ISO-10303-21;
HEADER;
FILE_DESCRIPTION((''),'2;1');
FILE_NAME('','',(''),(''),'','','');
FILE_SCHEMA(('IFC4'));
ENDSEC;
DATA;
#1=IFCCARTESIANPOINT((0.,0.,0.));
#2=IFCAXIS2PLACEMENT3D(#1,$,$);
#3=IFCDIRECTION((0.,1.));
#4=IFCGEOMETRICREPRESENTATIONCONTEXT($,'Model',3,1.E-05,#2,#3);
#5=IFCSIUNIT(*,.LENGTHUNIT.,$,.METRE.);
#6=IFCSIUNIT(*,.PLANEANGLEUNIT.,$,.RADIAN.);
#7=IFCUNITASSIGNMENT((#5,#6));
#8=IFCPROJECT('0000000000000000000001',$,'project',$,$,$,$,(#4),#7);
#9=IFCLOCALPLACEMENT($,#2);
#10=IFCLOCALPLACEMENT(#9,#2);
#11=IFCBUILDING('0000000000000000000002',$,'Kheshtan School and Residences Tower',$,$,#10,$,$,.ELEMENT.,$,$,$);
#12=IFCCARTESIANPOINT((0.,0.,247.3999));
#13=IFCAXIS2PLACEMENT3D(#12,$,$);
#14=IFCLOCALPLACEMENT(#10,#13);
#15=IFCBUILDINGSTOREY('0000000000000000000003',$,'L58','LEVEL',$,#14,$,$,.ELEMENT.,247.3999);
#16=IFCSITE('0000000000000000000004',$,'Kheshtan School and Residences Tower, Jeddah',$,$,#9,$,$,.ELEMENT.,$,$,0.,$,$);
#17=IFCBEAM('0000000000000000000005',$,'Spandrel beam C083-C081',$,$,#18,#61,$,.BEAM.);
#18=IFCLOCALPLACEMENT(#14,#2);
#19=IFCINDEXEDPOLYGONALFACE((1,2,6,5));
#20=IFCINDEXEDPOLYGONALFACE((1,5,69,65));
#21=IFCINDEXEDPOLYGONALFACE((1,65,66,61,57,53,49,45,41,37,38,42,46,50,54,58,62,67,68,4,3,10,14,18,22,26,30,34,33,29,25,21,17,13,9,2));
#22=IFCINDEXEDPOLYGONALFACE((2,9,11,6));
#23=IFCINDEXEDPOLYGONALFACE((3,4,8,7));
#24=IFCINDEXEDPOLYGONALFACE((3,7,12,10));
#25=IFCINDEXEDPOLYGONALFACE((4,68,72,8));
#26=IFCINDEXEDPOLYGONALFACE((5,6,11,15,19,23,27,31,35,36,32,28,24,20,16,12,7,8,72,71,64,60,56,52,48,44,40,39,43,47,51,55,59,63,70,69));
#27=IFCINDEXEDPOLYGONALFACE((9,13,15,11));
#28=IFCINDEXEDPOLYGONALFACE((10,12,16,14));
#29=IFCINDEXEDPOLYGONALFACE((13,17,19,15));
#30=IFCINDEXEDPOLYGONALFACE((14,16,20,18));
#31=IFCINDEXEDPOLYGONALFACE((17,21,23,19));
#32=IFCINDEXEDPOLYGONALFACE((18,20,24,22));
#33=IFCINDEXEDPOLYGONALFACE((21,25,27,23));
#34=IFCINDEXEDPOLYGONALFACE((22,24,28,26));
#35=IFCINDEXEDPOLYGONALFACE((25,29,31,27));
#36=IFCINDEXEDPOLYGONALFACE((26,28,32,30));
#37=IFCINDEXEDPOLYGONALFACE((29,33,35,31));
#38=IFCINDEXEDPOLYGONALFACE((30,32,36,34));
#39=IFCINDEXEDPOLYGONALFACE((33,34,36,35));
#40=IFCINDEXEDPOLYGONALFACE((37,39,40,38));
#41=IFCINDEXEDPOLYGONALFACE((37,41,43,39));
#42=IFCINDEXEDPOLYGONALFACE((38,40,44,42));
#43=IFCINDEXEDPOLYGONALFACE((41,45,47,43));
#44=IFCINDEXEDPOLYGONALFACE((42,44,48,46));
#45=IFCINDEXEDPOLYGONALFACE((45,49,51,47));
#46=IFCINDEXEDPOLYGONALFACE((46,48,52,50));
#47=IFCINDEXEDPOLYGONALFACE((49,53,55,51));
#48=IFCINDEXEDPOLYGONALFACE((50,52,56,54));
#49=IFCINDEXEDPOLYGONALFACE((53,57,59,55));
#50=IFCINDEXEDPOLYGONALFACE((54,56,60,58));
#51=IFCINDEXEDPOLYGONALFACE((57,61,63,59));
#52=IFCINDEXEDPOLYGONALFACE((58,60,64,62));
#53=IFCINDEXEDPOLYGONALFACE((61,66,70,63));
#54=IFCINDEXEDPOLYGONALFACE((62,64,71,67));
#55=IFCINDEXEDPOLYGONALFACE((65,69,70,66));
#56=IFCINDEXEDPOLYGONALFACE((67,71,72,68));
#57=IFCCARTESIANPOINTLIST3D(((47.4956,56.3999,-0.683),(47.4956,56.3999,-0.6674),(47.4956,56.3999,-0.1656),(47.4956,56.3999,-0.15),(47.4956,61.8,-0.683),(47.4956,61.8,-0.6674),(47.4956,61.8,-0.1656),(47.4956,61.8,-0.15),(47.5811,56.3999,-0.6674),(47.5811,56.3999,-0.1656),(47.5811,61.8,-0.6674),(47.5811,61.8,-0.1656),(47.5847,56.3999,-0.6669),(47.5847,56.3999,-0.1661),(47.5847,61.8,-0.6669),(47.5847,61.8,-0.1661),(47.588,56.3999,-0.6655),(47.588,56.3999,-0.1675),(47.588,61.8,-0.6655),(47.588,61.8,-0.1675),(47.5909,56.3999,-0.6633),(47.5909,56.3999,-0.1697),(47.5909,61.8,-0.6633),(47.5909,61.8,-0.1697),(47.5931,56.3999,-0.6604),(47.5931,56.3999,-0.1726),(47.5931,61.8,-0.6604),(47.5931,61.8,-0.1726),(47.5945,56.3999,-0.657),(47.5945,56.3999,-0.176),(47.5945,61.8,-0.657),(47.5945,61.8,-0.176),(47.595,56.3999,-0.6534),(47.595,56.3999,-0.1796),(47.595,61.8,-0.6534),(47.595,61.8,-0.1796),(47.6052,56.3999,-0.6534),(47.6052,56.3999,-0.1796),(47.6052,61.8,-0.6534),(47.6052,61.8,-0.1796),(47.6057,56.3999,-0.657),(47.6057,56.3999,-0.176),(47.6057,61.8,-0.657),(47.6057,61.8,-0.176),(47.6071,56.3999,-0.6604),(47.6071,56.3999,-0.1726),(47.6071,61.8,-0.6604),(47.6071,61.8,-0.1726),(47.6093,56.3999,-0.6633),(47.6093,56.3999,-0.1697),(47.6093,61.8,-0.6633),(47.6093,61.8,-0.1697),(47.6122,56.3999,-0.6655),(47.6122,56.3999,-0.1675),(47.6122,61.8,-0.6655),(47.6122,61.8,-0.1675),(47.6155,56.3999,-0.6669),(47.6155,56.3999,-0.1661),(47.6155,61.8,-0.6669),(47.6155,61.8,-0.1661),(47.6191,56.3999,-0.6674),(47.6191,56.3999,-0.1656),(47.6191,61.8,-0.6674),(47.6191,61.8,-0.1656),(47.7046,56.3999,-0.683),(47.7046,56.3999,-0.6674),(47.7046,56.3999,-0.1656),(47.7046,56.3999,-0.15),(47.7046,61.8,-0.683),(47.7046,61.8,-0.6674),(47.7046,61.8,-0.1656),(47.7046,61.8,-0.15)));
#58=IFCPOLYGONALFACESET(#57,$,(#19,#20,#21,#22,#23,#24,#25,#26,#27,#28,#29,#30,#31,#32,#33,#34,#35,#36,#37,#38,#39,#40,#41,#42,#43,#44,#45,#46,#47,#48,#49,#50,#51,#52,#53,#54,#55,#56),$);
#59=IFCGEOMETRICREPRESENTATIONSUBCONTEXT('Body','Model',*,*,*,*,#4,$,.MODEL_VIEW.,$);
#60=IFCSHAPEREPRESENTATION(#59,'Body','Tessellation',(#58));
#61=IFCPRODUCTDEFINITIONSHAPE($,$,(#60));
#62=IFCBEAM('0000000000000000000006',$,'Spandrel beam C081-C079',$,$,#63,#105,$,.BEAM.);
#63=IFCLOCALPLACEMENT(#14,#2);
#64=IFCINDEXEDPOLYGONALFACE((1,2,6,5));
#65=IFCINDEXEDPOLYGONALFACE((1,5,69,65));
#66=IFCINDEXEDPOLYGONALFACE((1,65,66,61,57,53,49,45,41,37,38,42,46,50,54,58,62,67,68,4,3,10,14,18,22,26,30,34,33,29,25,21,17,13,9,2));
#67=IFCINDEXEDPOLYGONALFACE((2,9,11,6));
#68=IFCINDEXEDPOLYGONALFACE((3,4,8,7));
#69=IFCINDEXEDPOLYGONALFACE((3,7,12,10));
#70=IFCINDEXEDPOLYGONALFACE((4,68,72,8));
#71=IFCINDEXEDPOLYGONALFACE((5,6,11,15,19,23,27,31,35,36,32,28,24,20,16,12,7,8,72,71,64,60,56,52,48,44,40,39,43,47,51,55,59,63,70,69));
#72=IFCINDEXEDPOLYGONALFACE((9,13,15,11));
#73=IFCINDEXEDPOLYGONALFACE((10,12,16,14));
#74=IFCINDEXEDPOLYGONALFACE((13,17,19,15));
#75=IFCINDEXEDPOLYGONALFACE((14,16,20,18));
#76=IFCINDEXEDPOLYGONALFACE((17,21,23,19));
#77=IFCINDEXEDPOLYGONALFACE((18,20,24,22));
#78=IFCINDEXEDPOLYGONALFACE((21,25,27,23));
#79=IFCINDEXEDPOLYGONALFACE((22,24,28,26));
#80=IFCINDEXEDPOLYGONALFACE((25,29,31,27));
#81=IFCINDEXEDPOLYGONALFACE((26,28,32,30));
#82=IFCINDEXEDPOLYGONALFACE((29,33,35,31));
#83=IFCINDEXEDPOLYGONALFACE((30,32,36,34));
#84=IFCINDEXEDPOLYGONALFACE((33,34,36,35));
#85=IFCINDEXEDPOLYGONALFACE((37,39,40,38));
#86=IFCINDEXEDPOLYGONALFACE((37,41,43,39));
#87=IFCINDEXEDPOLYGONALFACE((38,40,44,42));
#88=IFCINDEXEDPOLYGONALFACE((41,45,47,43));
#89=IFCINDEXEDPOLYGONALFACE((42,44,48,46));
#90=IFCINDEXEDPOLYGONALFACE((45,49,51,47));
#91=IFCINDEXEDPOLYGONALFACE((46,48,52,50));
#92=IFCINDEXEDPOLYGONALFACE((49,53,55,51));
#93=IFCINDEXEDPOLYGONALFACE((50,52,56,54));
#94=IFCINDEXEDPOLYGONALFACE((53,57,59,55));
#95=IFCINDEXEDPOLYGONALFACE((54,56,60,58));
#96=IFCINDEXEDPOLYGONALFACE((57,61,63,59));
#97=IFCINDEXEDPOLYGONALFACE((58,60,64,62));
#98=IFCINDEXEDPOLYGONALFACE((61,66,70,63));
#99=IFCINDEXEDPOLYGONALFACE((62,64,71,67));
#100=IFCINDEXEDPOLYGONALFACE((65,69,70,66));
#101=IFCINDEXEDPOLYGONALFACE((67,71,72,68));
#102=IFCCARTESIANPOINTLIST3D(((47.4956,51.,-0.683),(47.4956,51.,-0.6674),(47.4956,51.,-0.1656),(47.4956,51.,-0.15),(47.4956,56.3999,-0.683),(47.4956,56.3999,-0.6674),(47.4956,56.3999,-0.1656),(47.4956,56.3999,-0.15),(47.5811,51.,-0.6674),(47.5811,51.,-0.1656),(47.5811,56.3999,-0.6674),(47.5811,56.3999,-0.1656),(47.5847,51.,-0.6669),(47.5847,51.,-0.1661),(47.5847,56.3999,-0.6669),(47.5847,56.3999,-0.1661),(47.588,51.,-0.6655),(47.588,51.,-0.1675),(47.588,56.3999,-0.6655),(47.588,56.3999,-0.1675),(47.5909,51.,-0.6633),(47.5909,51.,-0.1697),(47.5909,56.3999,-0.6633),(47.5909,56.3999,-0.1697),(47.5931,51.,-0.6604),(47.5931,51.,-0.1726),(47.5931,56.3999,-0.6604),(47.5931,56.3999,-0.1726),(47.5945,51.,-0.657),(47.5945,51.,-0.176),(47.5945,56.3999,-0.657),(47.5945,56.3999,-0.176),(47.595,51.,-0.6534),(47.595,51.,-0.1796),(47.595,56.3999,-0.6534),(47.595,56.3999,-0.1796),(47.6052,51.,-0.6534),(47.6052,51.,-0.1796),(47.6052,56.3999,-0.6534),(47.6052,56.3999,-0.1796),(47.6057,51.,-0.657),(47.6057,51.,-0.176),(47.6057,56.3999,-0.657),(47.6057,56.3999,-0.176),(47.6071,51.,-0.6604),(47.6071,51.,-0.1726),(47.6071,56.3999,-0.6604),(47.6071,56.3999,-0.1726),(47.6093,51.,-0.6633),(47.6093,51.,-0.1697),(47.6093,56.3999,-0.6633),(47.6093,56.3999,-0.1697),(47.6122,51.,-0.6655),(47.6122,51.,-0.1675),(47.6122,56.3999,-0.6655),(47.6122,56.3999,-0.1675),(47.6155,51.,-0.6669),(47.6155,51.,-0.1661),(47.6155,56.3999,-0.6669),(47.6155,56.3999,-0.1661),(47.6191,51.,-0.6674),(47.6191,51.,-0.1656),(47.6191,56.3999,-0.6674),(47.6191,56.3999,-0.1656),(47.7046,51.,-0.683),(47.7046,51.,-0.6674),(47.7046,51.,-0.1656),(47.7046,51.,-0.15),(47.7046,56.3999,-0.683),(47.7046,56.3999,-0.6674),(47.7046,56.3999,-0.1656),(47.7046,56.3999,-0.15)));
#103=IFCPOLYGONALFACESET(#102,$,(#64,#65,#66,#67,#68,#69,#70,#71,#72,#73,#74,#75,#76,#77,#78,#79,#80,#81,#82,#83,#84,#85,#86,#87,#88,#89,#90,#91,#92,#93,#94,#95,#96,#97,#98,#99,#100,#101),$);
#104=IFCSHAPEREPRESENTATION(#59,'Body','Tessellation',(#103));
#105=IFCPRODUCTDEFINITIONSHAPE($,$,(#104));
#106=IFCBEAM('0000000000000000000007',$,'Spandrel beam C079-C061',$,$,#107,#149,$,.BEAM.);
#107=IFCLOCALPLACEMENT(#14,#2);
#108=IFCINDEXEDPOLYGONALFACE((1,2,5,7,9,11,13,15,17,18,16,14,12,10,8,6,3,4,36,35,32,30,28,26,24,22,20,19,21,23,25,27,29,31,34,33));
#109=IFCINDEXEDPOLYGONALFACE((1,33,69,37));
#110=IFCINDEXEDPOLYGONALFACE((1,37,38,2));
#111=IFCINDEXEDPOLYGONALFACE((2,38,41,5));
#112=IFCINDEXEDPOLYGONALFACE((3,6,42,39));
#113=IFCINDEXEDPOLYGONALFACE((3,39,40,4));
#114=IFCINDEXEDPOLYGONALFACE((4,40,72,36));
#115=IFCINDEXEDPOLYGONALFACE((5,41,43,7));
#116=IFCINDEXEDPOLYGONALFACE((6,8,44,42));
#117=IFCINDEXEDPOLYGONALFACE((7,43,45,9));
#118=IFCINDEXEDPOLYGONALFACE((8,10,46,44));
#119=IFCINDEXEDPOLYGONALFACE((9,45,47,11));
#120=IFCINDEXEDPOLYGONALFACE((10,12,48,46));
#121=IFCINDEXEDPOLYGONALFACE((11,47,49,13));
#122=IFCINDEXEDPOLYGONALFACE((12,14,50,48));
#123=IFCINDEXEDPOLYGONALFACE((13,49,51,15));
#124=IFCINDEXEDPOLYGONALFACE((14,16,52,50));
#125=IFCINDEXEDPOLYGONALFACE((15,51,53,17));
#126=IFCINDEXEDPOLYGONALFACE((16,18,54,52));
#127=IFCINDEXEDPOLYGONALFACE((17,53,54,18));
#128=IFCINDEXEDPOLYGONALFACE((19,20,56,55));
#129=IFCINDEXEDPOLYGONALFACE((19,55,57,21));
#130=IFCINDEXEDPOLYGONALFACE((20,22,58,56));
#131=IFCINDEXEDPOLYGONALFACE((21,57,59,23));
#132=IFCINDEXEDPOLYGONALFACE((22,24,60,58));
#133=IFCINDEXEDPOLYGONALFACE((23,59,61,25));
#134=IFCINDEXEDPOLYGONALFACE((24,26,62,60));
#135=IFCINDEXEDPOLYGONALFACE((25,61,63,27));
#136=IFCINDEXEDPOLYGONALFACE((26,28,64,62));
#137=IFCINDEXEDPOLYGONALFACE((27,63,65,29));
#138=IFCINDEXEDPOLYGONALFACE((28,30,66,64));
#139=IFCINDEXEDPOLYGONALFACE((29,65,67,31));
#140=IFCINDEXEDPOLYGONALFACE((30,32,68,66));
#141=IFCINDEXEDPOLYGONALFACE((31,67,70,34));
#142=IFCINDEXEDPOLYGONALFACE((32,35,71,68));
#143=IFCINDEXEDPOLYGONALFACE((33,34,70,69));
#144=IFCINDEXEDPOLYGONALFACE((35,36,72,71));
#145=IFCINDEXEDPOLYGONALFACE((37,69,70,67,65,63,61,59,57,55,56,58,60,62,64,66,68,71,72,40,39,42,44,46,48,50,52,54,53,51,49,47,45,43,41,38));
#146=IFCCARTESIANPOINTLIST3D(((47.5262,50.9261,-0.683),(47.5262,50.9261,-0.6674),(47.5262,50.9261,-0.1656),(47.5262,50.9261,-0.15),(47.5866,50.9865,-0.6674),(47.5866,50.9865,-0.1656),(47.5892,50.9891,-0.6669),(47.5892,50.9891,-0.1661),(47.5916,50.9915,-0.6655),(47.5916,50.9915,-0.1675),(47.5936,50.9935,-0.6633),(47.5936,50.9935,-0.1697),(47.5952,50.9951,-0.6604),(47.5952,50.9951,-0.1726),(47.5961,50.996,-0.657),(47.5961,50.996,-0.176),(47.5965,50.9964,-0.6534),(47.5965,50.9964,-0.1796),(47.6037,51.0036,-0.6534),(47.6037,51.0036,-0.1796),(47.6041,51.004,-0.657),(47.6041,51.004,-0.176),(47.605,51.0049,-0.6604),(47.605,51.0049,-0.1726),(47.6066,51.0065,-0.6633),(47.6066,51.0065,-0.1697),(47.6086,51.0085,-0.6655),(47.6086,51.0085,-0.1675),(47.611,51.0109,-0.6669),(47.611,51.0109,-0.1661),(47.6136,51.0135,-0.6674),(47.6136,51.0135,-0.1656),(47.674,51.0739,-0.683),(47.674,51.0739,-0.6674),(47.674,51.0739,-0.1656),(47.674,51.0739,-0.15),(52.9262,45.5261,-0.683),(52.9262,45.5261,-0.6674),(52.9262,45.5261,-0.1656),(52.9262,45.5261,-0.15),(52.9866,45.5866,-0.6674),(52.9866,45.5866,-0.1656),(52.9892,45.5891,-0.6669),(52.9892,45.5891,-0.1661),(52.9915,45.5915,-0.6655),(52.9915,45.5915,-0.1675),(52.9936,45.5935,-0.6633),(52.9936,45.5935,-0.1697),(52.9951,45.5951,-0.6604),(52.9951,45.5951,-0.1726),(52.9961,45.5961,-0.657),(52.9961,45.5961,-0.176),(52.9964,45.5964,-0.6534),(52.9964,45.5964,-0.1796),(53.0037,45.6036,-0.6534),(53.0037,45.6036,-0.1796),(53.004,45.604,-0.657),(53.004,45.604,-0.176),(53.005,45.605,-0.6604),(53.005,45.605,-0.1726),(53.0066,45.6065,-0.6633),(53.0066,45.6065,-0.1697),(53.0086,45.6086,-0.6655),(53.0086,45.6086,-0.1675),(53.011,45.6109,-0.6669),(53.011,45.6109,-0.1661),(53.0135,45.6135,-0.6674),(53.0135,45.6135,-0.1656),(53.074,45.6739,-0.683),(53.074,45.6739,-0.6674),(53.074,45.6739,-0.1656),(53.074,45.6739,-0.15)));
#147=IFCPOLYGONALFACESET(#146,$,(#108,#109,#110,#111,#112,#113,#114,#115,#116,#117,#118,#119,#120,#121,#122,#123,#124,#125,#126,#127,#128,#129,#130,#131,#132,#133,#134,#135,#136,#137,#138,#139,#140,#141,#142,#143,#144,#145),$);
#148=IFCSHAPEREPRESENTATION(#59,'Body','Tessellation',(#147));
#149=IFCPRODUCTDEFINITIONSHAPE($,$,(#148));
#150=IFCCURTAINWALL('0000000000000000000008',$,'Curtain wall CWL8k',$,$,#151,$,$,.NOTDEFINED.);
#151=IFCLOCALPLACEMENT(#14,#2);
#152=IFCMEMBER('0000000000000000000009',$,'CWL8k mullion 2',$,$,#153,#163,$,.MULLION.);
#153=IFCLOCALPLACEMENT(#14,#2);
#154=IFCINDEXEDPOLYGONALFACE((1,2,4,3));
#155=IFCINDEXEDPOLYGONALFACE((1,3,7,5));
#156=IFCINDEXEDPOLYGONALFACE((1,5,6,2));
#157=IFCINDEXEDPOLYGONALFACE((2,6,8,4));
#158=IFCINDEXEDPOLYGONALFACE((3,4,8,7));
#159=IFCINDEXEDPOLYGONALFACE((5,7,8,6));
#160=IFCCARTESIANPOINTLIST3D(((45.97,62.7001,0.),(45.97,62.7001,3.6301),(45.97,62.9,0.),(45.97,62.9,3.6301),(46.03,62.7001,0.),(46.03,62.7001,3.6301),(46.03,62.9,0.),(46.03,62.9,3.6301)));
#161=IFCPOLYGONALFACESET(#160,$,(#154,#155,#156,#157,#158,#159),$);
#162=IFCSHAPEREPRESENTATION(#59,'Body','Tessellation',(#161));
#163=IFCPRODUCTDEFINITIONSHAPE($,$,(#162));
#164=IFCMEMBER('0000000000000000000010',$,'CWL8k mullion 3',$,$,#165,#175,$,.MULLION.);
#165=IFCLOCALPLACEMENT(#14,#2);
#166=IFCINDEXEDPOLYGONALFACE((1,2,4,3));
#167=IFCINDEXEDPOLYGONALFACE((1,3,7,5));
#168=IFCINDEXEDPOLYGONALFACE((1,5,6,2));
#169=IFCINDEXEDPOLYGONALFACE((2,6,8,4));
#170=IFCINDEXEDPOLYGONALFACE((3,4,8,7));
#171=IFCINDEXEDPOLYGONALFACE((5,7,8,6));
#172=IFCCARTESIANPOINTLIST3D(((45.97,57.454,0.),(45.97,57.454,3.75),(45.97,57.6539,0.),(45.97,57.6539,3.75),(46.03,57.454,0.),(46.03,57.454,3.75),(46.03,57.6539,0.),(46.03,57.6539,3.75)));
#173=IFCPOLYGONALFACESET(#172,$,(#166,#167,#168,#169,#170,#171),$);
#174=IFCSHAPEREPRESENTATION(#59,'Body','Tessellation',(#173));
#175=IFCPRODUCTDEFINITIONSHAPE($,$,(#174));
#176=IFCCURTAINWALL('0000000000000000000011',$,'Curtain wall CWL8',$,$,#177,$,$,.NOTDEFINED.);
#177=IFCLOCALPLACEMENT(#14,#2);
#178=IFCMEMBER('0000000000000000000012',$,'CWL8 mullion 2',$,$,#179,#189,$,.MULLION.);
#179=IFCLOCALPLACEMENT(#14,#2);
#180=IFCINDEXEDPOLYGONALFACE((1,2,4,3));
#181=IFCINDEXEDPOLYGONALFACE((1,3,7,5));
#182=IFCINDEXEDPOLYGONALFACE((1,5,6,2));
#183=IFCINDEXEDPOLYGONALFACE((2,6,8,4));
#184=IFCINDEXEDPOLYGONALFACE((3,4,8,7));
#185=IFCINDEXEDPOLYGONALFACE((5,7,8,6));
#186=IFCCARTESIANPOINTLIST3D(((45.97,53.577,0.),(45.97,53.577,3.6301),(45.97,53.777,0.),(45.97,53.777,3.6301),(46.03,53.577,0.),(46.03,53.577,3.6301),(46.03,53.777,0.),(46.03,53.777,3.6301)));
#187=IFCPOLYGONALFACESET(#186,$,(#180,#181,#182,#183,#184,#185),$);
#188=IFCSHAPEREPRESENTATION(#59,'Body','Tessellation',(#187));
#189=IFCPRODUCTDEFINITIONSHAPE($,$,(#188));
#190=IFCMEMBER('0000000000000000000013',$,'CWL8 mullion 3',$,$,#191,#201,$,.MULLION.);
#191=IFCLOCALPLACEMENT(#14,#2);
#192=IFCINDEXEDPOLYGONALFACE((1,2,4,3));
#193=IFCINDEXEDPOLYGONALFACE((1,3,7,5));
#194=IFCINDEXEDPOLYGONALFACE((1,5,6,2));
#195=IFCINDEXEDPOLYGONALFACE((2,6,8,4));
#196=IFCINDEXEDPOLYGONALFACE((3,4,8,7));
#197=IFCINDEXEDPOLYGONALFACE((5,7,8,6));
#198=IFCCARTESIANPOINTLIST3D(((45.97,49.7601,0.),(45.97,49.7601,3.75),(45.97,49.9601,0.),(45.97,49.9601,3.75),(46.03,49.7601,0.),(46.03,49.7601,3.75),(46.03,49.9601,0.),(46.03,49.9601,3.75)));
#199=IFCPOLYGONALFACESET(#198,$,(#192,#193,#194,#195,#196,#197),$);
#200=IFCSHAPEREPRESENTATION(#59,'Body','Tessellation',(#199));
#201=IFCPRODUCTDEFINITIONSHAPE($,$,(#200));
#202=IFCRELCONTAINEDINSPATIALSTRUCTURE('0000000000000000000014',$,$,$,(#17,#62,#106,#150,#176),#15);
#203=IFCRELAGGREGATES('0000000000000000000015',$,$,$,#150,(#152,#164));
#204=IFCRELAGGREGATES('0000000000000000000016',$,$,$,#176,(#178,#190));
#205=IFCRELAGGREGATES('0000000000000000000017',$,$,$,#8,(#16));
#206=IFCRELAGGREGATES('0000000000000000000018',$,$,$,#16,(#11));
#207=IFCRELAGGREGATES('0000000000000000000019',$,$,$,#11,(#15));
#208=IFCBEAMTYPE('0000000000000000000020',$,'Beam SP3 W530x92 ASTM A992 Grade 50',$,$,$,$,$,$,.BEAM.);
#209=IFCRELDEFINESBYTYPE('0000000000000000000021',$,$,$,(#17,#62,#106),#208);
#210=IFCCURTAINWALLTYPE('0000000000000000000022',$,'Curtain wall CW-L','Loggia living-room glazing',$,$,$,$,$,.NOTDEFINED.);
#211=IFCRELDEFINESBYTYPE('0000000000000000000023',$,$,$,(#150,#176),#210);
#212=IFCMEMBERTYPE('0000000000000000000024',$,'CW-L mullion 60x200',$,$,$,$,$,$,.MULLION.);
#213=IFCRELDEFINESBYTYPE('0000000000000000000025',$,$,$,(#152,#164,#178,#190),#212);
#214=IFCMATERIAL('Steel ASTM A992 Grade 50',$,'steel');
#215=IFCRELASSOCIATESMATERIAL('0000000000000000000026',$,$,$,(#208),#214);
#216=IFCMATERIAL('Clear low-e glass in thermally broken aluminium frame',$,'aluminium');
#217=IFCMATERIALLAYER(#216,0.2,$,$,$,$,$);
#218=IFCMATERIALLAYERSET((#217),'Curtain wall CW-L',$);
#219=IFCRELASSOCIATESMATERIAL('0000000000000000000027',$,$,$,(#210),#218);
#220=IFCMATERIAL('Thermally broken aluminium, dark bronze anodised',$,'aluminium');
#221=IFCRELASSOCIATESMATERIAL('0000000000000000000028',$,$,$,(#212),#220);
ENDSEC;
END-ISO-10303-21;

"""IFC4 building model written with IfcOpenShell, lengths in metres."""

from ifc_helpers import new_model, si_unit, direction, frame, origin, origin_2d, place, context, subcontext, project, spatial, rectangle, i_section, extrude, material, layer, layer_set, material_profile, profile_set, type_object, element, aggregate, save


model = new_model("IFC4")

# Units and contexts
model_context = context("Model", 3, precision=1e-05, world=origin(), true_north=direction((0.0, 1.0)))
body_context = subcontext(model_context, "Body", "Model", "MODEL_VIEW")
ifc_project = project(units=[si_unit("LENGTHUNIT", "METRE"), si_unit("PLANEANGLEUNIT", "RADIAN")], contexts=[model_context])

# Site, building, storey
site_placement = place(None, origin())
site = spatial("IfcSite", under=ifc_project, at=site_placement, Name="Kheshtan School and Residences Tower, Jeddah", CompositionType="ELEMENT", RefElevation=0.0)
building_placement = place(site_placement, origin())
building = spatial("IfcBuilding", under=site, at=building_placement, Name="Kheshtan School and Residences Tower", CompositionType="ELEMENT")
storey_placement = place(building_placement, frame((0.0, 0.0, 247.3999)))
storey = spatial("IfcBuildingStorey", under=building, at=storey_placement, Name="L58", Description="LEVEL", CompositionType="ELEMENT", Elevation=247.3999)

# Shared definitions
ifc_material_1 = material(Name="Steel ASTM A992 Grade 50", Category="steel")

# Beams
ifc_material_profile_1 = material_profile(ifc_material_1, i_section(OverallWidth=0.209, OverallDepth=0.533, WebThickness=0.0103, FlangeThickness=0.0156, FilletRadius=0.0139, at=origin_2d()), Name="W530x92")
ifc_profile_set_1 = profile_set([ifc_material_profile_1], Name="Steel ASTM A992 Grade 50")
beam_type_1 = type_object("IfcBeamType", Name="Beam SP3 W530x92 ASTM A992 Grade 50", PredefinedType="BEAM", material=ifc_profile_set_1)
beam_1_placement = place(storey_placement, frame((47.6001, 61.8, -0.4165), z_axis=(0.0, -1.0, 0.0), x_axis=(1.0, 0.0, 0.0)))
element("IfcBeam", 1, at=beam_1_placement, inside=storey, type_object=beam_type_1, Name="Spandrel beam C083-C081", PredefinedType="BEAM", context=body_context, shape_type="SweptSolid", body=[
    extrude(i_section(OverallWidth=0.209, OverallDepth=0.533, WebThickness=0.0103, FlangeThickness=0.0156, FilletRadius=0.0139, at=origin_2d()), origin(), (0.0, 0.0, 1.0), 5.4001),
])
beam_2_placement = place(storey_placement, frame((47.6001, 56.3999, -0.4165), z_axis=(0.0, -1.0, 0.0), x_axis=(1.0, 0.0, 0.0)))
element("IfcBeam", 2, at=beam_2_placement, inside=storey, type_object=beam_type_1, Name="Spandrel beam C081-C079", PredefinedType="BEAM", context=body_context, shape_type="SweptSolid", body=[
    extrude(i_section(OverallWidth=0.209, OverallDepth=0.533, WebThickness=0.0103, FlangeThickness=0.0156, FilletRadius=0.0139, at=origin_2d()), origin(), (0.0, 0.0, 1.0), 5.3999),
])
beam_3_placement = place(storey_placement, frame((47.6001, 51.0, -0.4165), z_axis=(0.707107, -0.707107, 0.0), x_axis=(0.707107, 0.707107, 0.0)))
element("IfcBeam", 3, at=beam_3_placement, inside=storey, type_object=beam_type_1, Name="Spandrel beam C079-C061", PredefinedType="BEAM", context=body_context, shape_type="SweptSolid", body=[
    extrude(i_section(OverallWidth=0.209, OverallDepth=0.533, WebThickness=0.0103, FlangeThickness=0.0156, FilletRadius=0.0139, at=origin_2d()), origin(), (0.0, 0.0, 1.0), 7.6367),
])

# Curtain walls, members
ifc_material_2 = material(Name="Clear low-e glass in thermally broken aluminium frame", Category="aluminium")
ifc_layer_1 = layer(ifc_material_2, 0.2)
ifc_layer_set_1 = layer_set([ifc_layer_1], Name="Curtain wall CW-L")
curtain_wall_type = type_object("IfcCurtainWallType", Name="Curtain wall CW-L", Description="Loggia living-room glazing", PredefinedType="NOTDEFINED", material=ifc_layer_set_1)
curtain_wall_1_placement = place(storey_placement, origin())
curtain_wall_1 = element("IfcCurtainWall", 4, at=curtain_wall_1_placement, inside=storey, type_object=curtain_wall_type, Name="Curtain wall CWL8k", PredefinedType="NOTDEFINED")
ifc_material_3 = material(Name="Thermally broken aluminium, dark bronze anodised", Category="aluminium")
ifc_material_profile_2 = material_profile(ifc_material_3, rectangle(XDim=0.0601, YDim=0.2, at=origin_2d()), Name="CW-L mullion 60x200")
ifc_profile_set_2 = profile_set([ifc_material_profile_2], Name="Thermally broken aluminium, dark bronze anodised")
member_type_1 = type_object("IfcMemberType", Name="CW-L mullion 60x200", PredefinedType="MULLION", material=ifc_profile_set_2)
member_1_placement = place(storey_placement, frame((46.0, 62.8, 0.0), z_axis=(0.0, 0.0, 1.0), x_axis=(1.0, 0.0, 0.0)))
member_1 = element("IfcMember", 5, at=member_1_placement, type_object=member_type_1, Name="CWL8k mullion 2", PredefinedType="MULLION", context=body_context, shape_type="SweptSolid", body=[
    extrude(rectangle(XDim=0.0601, YDim=0.2, at=origin_2d()), origin(), (0.0, 0.0, 1.0), 3.6301),
])
member_2_placement = place(storey_placement, frame((46.0, 57.554, 0.0), z_axis=(0.0, 0.0, 1.0), x_axis=(1.0, 0.0, 0.0)))
member_2 = element("IfcMember", 6, at=member_2_placement, type_object=member_type_1, Name="CWL8k mullion 3", PredefinedType="MULLION", context=body_context, shape_type="SweptSolid", body=[
    extrude(rectangle(XDim=0.0601, YDim=0.2, at=origin_2d()), origin(), (0.0, 0.0, 1.0), 3.75),
])
curtain_wall_2_placement = place(storey_placement, origin())
curtain_wall_2 = element("IfcCurtainWall", 7, at=curtain_wall_2_placement, inside=storey, type_object=curtain_wall_type, Name="Curtain wall CWL8", PredefinedType="NOTDEFINED")
member_3_placement = place(storey_placement, frame((46.0, 53.677, 0.0), z_axis=(0.0, 0.0, 1.0), x_axis=(1.0, 0.0, 0.0)))
member_3 = element("IfcMember", 8, at=member_3_placement, type_object=member_type_1, Name="CWL8 mullion 2", PredefinedType="MULLION", context=body_context, shape_type="SweptSolid", body=[
    extrude(rectangle(XDim=0.0601, YDim=0.2, at=origin_2d()), origin(), (0.0, 0.0, 1.0), 3.6301),
])
member_4_placement = place(storey_placement, frame((46.0, 49.8601, 0.0), z_axis=(0.0, 0.0, 1.0), x_axis=(1.0, 0.0, 0.0)))
member_4 = element("IfcMember", 9, at=member_4_placement, type_object=member_type_1, Name="CWL8 mullion 3", PredefinedType="MULLION", context=body_context, shape_type="SweptSolid", body=[
    extrude(rectangle(XDim=0.0601, YDim=0.2, at=origin_2d()), origin(), (0.0, 0.0, 1.0), 3.75),
])

aggregate(curtain_wall_1, [member_1, member_2])
aggregate(curtain_wall_2, [member_3, member_4])

save(model, "model.ifc")
